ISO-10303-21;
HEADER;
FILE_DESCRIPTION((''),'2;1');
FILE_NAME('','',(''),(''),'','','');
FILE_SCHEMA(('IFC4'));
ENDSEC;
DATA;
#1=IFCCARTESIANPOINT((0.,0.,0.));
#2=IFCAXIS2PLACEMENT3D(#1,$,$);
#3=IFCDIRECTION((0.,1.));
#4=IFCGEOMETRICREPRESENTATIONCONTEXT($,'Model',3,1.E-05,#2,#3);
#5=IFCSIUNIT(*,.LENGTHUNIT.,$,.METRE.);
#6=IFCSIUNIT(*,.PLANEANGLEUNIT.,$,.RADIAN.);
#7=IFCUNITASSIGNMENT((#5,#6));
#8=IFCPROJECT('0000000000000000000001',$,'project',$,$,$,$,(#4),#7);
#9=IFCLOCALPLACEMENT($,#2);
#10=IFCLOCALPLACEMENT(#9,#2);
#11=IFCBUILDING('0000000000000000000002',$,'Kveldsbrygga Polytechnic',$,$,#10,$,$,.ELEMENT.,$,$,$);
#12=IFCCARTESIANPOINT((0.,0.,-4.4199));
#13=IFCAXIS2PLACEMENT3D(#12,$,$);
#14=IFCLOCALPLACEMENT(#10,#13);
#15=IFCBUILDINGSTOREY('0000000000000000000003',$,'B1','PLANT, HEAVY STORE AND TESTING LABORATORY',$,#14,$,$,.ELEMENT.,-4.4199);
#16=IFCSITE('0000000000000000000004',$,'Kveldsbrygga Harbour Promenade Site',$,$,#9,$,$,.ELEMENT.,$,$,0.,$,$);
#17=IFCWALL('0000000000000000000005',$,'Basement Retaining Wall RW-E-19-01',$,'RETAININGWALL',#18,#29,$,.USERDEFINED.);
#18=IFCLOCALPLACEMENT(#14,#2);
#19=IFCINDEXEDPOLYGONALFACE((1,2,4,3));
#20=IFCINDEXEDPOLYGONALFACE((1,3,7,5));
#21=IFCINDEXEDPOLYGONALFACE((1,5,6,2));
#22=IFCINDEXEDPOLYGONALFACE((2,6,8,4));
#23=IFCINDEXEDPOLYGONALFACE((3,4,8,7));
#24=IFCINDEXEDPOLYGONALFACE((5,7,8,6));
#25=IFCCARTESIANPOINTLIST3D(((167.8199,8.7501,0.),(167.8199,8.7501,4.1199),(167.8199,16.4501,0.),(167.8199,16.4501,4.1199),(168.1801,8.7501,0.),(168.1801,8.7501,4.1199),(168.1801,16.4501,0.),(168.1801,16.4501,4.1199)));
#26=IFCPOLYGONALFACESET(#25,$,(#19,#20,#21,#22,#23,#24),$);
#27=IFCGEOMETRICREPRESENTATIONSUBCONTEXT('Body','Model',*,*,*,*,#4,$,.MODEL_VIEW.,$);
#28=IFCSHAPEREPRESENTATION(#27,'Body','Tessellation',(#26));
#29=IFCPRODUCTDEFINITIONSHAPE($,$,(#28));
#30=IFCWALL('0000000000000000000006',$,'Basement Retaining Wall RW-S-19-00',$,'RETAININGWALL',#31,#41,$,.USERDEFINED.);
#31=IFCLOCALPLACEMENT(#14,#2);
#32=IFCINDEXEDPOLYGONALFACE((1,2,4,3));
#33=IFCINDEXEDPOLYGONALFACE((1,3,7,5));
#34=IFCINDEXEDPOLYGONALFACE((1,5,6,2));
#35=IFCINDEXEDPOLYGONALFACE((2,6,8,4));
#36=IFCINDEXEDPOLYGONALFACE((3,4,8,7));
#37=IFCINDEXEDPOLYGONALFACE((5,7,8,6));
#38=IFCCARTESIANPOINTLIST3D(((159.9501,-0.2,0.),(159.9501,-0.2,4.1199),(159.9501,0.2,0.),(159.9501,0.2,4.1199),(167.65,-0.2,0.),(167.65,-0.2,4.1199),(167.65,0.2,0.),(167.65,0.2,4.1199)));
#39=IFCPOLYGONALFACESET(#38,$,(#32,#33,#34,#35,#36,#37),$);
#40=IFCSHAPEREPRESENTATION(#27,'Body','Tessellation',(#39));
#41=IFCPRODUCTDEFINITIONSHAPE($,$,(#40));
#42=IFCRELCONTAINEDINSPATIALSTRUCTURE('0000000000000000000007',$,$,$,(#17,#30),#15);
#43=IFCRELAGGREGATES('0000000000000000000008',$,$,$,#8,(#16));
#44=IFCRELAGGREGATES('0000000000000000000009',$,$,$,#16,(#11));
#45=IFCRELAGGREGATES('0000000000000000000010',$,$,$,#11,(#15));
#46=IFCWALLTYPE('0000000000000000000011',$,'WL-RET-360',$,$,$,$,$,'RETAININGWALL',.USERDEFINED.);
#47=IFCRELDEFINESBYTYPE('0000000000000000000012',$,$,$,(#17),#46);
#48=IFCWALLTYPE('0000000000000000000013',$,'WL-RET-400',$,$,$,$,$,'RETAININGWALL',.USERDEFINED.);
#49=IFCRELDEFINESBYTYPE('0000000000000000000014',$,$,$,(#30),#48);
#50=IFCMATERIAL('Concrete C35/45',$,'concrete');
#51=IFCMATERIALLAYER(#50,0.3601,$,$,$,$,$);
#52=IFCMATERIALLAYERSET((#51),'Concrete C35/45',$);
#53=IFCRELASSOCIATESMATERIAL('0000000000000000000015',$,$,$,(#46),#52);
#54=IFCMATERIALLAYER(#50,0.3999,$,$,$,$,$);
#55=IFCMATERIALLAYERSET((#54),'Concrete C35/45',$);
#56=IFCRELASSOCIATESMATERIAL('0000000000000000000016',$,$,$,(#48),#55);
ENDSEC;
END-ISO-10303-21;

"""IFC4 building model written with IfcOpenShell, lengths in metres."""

from ifc_helpers import new_model, si_unit, direction, frame, frame_2d, origin, place, context, subcontext, project, spatial, rectangle, extrude, material, layer, layer_set, type_object, element, save


model = new_model("IFC4")

# Units and contexts
model_context = context("Model", 3, precision=1e-05, world=origin(), true_north=direction((0.0, 1.0)))
body_context = subcontext(model_context, "Body", "Model", "MODEL_VIEW")
ifc_project = project(units=[si_unit("LENGTHUNIT", "METRE"), si_unit("PLANEANGLEUNIT", "RADIAN")], contexts=[model_context])

# Site, building, storey
site_placement = place(None, origin())
site = spatial("IfcSite", under=ifc_project, at=site_placement, Name="Kveldsbrygga Harbour Promenade Site", CompositionType="ELEMENT", RefElevation=0.0)
building_placement = place(site_placement, origin())
building = spatial("IfcBuilding", under=site, at=building_placement, Name="Kveldsbrygga Polytechnic", CompositionType="ELEMENT")
storey_placement = place(building_placement, frame((0.0, 0.0, -4.4199)))
storey = spatial("IfcBuildingStorey", under=building, at=storey_placement, Name="B1", Description="PLANT, HEAVY STORE AND TESTING LABORATORY", CompositionType="ELEMENT", Elevation=-4.4199)

# Shared definitions
ifc_material_1 = material(Name="Concrete C35/45", Category="concrete")

# Walls
ifc_layer_1 = layer(ifc_material_1, 0.3601)
ifc_layer_set_1 = layer_set([ifc_layer_1], Name="Concrete C35/45")
wall_type_1 = type_object("IfcWallType", Name="WL-RET-360", ElementType="RETAININGWALL", PredefinedType="USERDEFINED", material=ifc_layer_set_1)
for number, where, z_axis, x_axis, name in (
    (1, (168.0, 8.75, 0.0), (0.0, 0.0, 1.0), (0.0, 1.0, 0.0), "Basement Retaining Wall RW-E-19-01"),
):
    element("IfcWall", number, at=place(storey_placement, frame(where, z_axis=z_axis, x_axis=x_axis)), inside=storey, type_object=wall_type_1, Name=name, ObjectType="RETAININGWALL", PredefinedType="USERDEFINED", context=body_context, shape_type="SweptSolid", body=[
        extrude(rectangle(XDim=7.7, YDim=0.3601, at=frame_2d((3.8501, 0.0))), origin(), (0.0, 0.0, 1.0), 4.1199),
    ])
ifc_layer_2 = layer(ifc_material_1, 0.3999)
ifc_layer_set_2 = layer_set([ifc_layer_2], Name="Concrete C35/45")
wall_type_2 = type_object("IfcWallType", Name="WL-RET-400", ElementType="RETAININGWALL", PredefinedType="USERDEFINED", material=ifc_layer_set_2)
wall_placement = place(storey_placement, frame((159.95, 0.0, 0.0), z_axis=(0.0, 0.0, 1.0), x_axis=(1.0, 0.0, 0.0)))
element("IfcWall", 2, at=wall_placement, inside=storey, type_object=wall_type_2, Name="Basement Retaining Wall RW-S-19-00", ObjectType="RETAININGWALL", PredefinedType="USERDEFINED", context=body_context, shape_type="SweptSolid", body=[
    extrude(rectangle(XDim=7.7, YDim=0.3999, at=frame_2d((3.8501, 0.0))), origin(), (0.0, 0.0, 1.0), 4.1199),
])

save(model, "model.ifc")
